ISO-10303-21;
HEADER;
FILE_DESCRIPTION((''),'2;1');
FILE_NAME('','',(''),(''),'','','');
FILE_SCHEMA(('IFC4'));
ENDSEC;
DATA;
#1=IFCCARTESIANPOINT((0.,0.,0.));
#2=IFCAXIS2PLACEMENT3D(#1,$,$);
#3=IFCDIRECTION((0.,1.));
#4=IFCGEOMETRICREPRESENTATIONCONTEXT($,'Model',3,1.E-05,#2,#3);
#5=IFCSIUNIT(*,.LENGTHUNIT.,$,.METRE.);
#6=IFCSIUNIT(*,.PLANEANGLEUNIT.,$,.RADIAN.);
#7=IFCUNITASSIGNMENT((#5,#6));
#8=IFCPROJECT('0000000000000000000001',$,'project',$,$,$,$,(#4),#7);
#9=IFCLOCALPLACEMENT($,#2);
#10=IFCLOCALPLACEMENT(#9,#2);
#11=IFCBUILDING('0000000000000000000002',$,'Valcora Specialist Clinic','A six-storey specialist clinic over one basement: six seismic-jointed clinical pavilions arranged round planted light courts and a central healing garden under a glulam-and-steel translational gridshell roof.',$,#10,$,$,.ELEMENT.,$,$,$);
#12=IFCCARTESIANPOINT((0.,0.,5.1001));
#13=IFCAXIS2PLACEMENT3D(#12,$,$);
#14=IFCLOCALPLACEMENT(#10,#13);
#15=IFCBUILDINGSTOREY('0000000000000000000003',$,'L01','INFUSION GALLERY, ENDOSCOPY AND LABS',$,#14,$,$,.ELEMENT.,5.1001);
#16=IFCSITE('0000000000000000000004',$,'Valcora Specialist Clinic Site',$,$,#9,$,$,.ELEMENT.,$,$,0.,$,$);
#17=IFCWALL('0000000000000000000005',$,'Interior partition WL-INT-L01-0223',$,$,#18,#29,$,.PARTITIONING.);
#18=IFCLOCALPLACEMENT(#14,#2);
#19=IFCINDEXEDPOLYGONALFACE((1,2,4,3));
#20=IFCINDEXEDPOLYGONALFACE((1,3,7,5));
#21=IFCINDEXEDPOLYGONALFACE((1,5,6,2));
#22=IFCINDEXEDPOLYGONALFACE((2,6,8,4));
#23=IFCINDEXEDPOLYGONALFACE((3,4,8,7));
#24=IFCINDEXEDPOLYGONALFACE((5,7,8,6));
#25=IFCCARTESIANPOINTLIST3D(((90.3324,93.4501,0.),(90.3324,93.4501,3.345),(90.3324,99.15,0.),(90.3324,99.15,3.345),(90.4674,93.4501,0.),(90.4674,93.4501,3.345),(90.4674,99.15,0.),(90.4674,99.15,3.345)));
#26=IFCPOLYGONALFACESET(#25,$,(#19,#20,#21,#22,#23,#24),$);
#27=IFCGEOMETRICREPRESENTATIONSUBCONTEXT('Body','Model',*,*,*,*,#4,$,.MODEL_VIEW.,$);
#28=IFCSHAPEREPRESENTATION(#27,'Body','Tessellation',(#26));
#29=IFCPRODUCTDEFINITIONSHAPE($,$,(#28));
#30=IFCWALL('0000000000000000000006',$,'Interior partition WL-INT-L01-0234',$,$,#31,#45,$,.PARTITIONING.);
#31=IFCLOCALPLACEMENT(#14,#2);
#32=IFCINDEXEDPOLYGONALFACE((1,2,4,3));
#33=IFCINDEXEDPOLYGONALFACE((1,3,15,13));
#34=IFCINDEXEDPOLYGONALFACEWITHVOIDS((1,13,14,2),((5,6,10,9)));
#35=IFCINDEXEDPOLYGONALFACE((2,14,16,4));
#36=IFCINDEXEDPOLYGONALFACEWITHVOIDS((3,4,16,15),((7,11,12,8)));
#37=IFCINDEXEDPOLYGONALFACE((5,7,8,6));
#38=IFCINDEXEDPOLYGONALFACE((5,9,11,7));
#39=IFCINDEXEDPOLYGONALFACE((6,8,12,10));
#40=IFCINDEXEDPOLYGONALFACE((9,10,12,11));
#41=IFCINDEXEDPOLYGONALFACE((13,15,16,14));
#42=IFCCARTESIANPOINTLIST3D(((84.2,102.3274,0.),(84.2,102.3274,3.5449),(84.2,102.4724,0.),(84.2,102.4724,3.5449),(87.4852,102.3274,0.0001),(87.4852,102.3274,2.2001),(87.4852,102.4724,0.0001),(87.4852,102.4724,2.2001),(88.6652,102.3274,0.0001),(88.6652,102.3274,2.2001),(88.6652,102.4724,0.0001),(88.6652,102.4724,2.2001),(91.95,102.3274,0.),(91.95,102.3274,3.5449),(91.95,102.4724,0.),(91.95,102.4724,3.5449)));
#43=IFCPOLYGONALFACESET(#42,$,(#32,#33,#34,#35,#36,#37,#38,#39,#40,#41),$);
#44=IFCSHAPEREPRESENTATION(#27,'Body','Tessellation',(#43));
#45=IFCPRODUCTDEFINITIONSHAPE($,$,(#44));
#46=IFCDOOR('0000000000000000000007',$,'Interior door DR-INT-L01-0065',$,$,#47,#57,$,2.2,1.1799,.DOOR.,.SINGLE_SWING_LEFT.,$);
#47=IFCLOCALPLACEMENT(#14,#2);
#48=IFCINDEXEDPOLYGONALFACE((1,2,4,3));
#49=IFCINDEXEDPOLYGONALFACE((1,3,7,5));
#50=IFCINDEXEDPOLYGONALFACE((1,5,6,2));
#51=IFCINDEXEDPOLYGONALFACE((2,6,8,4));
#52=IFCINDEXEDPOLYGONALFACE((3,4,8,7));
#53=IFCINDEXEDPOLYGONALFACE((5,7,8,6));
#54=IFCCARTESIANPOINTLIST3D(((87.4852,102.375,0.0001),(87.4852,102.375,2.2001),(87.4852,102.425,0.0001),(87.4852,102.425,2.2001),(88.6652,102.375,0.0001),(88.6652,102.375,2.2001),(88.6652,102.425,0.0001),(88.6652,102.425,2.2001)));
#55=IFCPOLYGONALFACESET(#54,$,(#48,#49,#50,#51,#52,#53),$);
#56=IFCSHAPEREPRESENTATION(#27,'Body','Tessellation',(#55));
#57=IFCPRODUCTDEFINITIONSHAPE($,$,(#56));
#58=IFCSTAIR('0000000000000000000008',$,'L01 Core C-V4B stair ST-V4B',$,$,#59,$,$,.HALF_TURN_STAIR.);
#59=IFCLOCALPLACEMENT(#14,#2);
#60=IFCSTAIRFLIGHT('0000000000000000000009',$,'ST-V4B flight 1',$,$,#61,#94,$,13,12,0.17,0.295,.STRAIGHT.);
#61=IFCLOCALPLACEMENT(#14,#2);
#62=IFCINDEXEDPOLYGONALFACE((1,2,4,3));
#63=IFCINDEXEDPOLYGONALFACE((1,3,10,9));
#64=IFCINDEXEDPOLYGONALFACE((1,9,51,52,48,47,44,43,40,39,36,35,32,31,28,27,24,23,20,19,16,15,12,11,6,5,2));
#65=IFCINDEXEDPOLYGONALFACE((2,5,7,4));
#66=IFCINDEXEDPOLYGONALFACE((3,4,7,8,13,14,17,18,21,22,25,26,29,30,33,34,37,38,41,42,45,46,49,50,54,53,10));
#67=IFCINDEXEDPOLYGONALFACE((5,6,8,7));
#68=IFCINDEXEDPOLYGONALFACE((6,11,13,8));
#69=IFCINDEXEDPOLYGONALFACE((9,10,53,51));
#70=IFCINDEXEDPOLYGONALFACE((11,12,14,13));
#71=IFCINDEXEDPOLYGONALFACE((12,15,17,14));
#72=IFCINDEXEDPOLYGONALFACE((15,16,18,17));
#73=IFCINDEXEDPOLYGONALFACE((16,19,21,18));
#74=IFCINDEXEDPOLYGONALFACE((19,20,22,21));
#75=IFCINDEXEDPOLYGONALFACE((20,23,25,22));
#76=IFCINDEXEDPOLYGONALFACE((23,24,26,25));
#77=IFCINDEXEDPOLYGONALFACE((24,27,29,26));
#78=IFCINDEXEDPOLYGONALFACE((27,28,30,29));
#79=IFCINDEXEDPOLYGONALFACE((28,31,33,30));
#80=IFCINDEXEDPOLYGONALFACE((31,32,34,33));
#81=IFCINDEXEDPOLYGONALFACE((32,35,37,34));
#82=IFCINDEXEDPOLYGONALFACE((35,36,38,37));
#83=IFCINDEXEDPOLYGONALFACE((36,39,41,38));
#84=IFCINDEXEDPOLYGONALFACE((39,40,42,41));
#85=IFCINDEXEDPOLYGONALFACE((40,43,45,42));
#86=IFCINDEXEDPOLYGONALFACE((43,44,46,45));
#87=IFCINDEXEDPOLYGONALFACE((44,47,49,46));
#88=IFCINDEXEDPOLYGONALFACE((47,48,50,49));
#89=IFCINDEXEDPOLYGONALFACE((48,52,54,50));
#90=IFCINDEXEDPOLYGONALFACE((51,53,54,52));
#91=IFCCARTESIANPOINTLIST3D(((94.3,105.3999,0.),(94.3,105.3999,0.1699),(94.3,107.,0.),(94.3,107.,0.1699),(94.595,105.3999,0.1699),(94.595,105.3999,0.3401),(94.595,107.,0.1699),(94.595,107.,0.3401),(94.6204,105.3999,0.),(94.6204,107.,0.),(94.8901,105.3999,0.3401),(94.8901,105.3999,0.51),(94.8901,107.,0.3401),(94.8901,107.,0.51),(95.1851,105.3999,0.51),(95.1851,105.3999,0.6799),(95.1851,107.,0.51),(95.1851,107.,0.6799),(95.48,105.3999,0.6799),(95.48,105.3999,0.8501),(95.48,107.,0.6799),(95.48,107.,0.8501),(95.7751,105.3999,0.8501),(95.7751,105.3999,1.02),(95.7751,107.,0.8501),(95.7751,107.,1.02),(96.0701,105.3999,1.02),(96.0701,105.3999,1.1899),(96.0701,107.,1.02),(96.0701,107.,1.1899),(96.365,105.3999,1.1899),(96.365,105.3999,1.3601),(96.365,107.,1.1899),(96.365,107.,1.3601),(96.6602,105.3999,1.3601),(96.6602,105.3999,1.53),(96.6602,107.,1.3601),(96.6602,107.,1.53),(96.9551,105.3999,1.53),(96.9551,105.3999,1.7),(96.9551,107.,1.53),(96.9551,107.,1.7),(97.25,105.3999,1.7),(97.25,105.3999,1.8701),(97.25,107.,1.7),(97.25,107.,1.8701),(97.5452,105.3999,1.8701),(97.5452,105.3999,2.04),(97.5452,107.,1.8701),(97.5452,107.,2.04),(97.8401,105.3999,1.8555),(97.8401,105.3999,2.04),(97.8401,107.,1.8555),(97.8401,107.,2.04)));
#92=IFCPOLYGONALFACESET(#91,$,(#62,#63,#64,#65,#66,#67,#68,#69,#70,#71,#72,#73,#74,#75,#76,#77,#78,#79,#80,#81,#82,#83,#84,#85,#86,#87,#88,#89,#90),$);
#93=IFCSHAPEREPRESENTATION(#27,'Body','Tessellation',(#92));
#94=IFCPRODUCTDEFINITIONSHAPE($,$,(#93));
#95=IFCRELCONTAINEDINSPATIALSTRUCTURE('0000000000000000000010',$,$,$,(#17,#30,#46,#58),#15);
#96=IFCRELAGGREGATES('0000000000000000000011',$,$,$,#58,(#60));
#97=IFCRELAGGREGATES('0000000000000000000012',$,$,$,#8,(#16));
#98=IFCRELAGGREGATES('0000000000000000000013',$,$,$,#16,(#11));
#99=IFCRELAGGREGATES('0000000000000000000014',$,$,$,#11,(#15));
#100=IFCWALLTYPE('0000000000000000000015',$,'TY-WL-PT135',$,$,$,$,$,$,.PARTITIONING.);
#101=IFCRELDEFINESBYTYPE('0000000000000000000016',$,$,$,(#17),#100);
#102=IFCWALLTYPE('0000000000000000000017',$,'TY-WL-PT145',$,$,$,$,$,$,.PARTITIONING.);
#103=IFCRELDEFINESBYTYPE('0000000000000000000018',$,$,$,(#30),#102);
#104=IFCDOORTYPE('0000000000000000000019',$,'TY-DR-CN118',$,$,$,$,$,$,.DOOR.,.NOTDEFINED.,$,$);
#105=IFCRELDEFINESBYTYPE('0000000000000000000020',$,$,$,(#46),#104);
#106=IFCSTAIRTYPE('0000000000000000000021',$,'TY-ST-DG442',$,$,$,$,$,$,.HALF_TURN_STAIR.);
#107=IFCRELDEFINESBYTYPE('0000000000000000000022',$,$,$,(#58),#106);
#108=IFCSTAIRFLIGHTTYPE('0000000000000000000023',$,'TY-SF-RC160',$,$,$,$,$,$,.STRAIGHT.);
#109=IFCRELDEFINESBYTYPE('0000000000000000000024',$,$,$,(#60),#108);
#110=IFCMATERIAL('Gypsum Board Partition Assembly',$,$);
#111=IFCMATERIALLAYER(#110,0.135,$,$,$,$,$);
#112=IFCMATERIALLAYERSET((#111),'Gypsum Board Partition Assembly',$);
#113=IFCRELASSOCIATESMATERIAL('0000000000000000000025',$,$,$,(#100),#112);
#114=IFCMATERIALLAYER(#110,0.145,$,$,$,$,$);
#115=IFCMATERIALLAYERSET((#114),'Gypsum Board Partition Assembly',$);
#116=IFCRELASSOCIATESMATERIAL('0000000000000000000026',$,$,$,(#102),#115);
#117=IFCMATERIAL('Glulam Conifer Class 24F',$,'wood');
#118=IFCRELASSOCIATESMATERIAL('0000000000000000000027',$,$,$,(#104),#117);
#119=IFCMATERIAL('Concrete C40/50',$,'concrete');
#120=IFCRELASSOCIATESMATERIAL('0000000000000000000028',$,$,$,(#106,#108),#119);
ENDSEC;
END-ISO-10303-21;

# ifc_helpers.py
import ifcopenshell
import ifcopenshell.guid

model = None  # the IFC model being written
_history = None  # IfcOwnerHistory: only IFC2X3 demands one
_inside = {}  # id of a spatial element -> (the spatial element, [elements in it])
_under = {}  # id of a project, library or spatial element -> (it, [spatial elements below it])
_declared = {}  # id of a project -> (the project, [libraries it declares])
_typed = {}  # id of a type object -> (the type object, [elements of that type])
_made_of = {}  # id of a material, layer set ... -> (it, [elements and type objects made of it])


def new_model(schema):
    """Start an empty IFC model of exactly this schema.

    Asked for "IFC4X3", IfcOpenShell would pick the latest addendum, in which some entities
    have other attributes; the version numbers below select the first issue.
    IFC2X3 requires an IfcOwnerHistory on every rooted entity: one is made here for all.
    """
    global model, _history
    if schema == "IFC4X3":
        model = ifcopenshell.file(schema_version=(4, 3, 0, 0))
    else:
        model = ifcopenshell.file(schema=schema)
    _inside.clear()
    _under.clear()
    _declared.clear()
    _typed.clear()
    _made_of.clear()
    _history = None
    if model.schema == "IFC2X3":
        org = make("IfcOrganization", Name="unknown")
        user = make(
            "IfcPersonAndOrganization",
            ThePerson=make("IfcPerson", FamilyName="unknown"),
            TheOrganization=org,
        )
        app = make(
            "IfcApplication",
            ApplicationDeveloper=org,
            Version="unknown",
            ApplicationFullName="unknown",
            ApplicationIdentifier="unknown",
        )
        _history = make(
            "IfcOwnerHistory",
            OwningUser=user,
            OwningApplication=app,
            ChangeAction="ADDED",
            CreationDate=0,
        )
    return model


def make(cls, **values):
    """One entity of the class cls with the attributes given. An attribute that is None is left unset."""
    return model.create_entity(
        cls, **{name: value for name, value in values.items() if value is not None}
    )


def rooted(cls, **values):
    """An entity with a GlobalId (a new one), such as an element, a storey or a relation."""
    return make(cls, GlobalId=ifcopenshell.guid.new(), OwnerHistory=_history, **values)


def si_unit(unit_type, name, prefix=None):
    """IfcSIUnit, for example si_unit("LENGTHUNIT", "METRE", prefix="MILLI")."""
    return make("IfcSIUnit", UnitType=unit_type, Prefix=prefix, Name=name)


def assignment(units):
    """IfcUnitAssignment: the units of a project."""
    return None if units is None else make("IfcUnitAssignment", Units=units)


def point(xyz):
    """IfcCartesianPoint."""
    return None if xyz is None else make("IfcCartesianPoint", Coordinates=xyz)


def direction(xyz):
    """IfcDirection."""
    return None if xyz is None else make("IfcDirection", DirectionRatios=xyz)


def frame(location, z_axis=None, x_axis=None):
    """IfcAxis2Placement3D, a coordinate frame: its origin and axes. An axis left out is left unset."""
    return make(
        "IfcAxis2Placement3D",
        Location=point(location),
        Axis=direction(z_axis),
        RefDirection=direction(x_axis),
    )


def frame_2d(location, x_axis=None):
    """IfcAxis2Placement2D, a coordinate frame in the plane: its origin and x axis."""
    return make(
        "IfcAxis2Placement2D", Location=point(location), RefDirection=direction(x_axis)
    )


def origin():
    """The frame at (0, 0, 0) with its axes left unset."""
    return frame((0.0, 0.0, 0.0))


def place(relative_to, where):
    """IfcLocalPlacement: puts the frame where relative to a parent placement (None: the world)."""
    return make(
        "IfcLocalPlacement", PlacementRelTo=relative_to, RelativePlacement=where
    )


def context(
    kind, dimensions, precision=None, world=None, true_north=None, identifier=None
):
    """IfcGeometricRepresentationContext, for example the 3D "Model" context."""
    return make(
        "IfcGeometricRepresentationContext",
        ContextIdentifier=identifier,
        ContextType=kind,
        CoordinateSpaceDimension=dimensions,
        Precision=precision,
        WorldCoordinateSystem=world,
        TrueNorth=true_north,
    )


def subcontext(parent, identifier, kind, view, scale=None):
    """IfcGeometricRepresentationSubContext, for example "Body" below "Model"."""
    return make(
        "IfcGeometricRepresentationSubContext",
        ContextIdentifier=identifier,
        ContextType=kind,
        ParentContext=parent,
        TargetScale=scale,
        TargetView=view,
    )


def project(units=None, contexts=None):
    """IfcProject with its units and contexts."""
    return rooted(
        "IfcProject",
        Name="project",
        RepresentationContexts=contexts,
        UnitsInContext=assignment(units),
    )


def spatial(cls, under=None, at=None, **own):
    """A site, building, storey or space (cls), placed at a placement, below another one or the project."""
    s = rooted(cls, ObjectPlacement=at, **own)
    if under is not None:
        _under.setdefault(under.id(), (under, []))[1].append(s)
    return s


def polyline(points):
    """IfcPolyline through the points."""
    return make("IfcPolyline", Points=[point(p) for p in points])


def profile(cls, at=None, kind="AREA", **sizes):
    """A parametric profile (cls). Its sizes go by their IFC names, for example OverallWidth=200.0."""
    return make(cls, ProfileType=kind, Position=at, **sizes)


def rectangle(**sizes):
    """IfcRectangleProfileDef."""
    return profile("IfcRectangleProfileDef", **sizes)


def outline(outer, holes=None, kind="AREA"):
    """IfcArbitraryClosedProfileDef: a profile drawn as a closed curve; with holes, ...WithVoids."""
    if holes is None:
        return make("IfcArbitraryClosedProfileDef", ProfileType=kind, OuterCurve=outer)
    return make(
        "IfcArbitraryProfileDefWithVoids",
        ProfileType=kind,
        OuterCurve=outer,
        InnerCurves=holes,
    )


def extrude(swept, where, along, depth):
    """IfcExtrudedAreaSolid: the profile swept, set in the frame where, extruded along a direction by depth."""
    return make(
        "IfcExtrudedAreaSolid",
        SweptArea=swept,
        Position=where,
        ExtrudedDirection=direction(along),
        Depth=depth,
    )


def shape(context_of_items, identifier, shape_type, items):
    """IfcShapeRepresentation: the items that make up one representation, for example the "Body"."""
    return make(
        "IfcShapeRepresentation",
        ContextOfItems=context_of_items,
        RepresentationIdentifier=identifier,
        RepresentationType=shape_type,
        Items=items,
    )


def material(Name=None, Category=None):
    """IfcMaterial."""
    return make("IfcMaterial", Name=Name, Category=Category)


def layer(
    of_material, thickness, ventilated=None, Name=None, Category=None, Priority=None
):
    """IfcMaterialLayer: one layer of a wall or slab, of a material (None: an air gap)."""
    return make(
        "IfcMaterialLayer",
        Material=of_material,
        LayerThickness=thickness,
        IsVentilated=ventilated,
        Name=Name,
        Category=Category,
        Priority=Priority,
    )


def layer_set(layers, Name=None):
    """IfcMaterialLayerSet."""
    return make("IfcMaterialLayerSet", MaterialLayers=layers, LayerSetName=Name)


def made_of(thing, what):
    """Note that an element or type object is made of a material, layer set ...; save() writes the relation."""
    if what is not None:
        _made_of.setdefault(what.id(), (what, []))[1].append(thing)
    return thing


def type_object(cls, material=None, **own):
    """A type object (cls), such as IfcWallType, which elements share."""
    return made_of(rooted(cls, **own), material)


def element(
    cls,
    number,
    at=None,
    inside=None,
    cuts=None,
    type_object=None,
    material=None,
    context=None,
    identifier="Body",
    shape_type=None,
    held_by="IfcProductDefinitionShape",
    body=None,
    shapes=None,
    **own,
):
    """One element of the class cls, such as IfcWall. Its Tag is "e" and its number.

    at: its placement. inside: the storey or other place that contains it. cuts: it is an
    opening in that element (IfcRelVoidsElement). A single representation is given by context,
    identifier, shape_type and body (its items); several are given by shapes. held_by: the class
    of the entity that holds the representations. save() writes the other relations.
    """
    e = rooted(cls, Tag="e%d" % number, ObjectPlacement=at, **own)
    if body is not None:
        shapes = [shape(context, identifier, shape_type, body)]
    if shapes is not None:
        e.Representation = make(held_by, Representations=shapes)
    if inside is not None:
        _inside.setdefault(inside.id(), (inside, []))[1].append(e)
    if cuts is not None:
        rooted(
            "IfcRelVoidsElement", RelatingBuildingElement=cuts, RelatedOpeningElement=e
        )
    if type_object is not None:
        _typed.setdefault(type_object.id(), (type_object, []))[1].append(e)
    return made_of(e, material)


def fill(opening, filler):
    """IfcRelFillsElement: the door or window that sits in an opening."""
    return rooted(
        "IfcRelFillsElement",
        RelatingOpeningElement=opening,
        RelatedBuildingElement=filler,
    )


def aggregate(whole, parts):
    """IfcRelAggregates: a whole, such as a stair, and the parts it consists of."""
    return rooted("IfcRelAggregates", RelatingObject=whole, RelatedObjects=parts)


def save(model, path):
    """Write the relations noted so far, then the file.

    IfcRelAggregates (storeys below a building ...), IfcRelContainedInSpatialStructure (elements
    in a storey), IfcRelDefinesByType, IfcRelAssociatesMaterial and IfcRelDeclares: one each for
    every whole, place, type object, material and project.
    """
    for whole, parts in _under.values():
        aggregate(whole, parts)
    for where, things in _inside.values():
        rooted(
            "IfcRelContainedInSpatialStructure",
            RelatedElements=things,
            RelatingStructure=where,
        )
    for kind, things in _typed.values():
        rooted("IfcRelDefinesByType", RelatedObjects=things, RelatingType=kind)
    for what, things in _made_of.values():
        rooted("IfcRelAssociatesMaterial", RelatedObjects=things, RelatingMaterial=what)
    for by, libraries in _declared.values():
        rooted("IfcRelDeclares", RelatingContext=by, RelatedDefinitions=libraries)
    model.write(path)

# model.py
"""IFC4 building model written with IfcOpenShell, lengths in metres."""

from ifc_helpers import new_model, si_unit, direction, frame, frame_2d, origin, place, context, subcontext, project, spatial, polyline, rectangle, outline, extrude, material, layer, layer_set, type_object, element, fill, aggregate, save


model = new_model("IFC4")

# Units and contexts
model_context = context("Model", 3, precision=1e-05, world=origin(), true_north=direction((0.0, 1.0)))
body_context = subcontext(model_context, "Body", "Model", "MODEL_VIEW")
ifc_project = project(units=[si_unit("LENGTHUNIT", "METRE"), si_unit("PLANEANGLEUNIT", "RADIAN")], contexts=[model_context])

# Site, building, storey
site_placement = place(None, origin())
site = spatial("IfcSite", under=ifc_project, at=site_placement, Name="Valcora Specialist Clinic Site", CompositionType="ELEMENT", RefElevation=0.0)
building_placement = place(site_placement, origin())
building = spatial("IfcBuilding", under=site, at=building_placement, Name="Valcora Specialist Clinic", Description="A six-storey specialist clinic over one basement: six seismic-jointed clinical pavilions arranged round planted light courts and a central healing garden under a glulam-and-steel translational gridshell roof.", CompositionType="ELEMENT")
storey_placement = place(building_placement, frame((0.0, 0.0, 5.1001)))
storey = spatial("IfcBuildingStorey", under=building, at=storey_placement, Name="L01", Description="INFUSION GALLERY, ENDOSCOPY AND LABS", CompositionType="ELEMENT", Elevation=5.1001)

# Shared definitions
ifc_material_1 = material(Name="Concrete C40/50", Category="concrete")

# Shared definitions
ifc_material_2 = material(Name="Gypsum Board Partition Assembly")
ifc_material_3 = material(Name="Glulam Conifer Class 24F", Category="wood")

# Wall
ifc_layer_1 = layer(ifc_material_2, 0.135)
ifc_layer_set_1 = layer_set([ifc_layer_1], Name="Gypsum Board Partition Assembly")
wall_type_1 = type_object("IfcWallType", Name="TY-WL-PT135", PredefinedType="PARTITIONING", material=ifc_layer_set_1)
wall_1_placement = place(storey_placement, frame((90.3999, 93.45, 0.0), z_axis=(0.0, 0.0, 1.0), x_axis=(0.0, 1.0, 0.0)))
element("IfcWall", 1, at=wall_1_placement, inside=storey, type_object=wall_type_1, Name="Interior partition WL-INT-L01-0223", PredefinedType="PARTITIONING", context=body_context, shape_type="SweptSolid", body=[
    extrude(rectangle(XDim=5.7, YDim=0.135, at=frame_2d((2.8501, 0.0))), origin(), (0.0, 0.0, 1.0), 3.345),
])

# Wall, opening, door
ifc_layer_2 = layer(ifc_material_2, 0.145)
ifc_layer_set_2 = layer_set([ifc_layer_2], Name="Gypsum Board Partition Assembly")
wall_type_2 = type_object("IfcWallType", Name="TY-WL-PT145", PredefinedType="PARTITIONING", material=ifc_layer_set_2)
wall_2_placement = place(storey_placement, frame((91.95, 102.3999, 0.0), z_axis=(0.0, 0.0, 1.0), x_axis=(-1.0, 0.0, 0.0)))
wall_2 = element("IfcWall", 2, at=wall_2_placement, inside=storey, type_object=wall_type_2, Name="Interior partition WL-INT-L01-0234", PredefinedType="PARTITIONING", context=body_context, shape_type="SweptSolid", body=[
    extrude(rectangle(XDim=7.75, YDim=0.145, at=frame_2d((3.875, 0.0))), origin(), (0.0, 0.0, 1.0), 3.5449),
])
opening_1_placement = place(wall_2_placement, frame((3.2849, 0.0, 0.0)))
opening_1 = element("IfcOpeningElement", 3, at=opening_1_placement, cuts=wall_2, PredefinedType="OPENING", context=body_context, shape_type="SweptSolid", body=[
    extrude(rectangle(XDim=1.1799, YDim=2.2, at=frame_2d((0.5898, 1.1001))), frame((0.0, 0.0825, 0.0), z_axis=(0.0, -1.0, 0.0), x_axis=(1.0, 0.0, 0.0)), (0.0, 0.0, 1.0), 0.165),
])
door_type_1 = type_object("IfcDoorType", Name="TY-DR-CN118", OperationType="NOTDEFINED", PredefinedType="DOOR", material=ifc_material_3)
door_1_placement = place(opening_1_placement, origin())
door_1 = element("IfcDoor", 4, at=door_1_placement, inside=storey, type_object=door_type_1, Name="Interior door DR-INT-L01-0065", OperationType="SINGLE_SWING_LEFT", OverallHeight=2.2, OverallWidth=1.1799, PredefinedType="DOOR", context=body_context, shape_type="SweptSolid", body=[
    extrude(rectangle(XDim=1.1799, YDim=2.2, at=frame_2d((0.5898, 1.1001))), frame((0.0, 0.0249, 0.0), z_axis=(0.0, -1.0, 0.0), x_axis=(1.0, 0.0, 0.0)), (0.0, 0.0, 1.0), 0.05),
])
fill(opening_1, door_1)

# Stair, stair flight
stair_type = type_object("IfcStairType", Name="TY-ST-DG442", PredefinedType="HALF_TURN_STAIR", material=ifc_material_1)
stair_placement = place(storey_placement, origin())
stair = element("IfcStair", 5, at=stair_placement, inside=storey, type_object=stair_type, Name="L01 Core C-V4B stair ST-V4B", PredefinedType="HALF_TURN_STAIR")
stair_flight_type = type_object("IfcStairFlightType", Name="TY-SF-RC160", PredefinedType="STRAIGHT", material=ifc_material_1)
stair_flight_placement = place(storey_placement, frame((94.3, 106.2, 0.0), z_axis=(0.0, 0.0, 1.0), x_axis=(1.0, 0.0, 0.0)))
stair_flight = element("IfcStairFlight", 6, at=stair_flight_placement, type_object=stair_flight_type, Name="ST-V4B flight 1", NumberOfRisers=13, NumberOfTreads=12, PredefinedType="STRAIGHT", RiserHeight=0.17, TreadLength=0.295, context=body_context, shape_type="SweptSolid", body=[
    extrude(outline(polyline([(0.0, 0.0), (0.0, 0.1699), (0.2949, 0.1699), (0.2949, 0.3401), (0.5901, 0.3401), (0.5901, 0.51), (0.885, 0.51), (0.885, 0.6799), (1.1799, 0.6799), (1.1799, 0.8501), (1.4751, 0.8501), (1.4751, 1.02), (1.77, 1.02), (1.77, 1.1899), (2.0649, 1.1899), (2.0649, 1.3601), (2.3601, 1.3601), (2.3601, 1.53), (2.655, 1.53), (2.655, 1.7), (2.95, 1.7), (2.95, 1.8701), (3.2451, 1.8701), (3.2451, 2.04), (3.54, 2.04), (3.54, 2.21), (3.54, 1.8555), (0.3203, 0.0), (0.0, 0.0)])), frame((0.0, 0.8, 0.0), z_axis=(0.0, -1.0, 0.0), x_axis=(1.0, 0.0, 0.0)), (0.0, 0.0, 1.0), 1.6001),
])
aggregate(stair, [stair_flight])

save(model, "model.ifc")
